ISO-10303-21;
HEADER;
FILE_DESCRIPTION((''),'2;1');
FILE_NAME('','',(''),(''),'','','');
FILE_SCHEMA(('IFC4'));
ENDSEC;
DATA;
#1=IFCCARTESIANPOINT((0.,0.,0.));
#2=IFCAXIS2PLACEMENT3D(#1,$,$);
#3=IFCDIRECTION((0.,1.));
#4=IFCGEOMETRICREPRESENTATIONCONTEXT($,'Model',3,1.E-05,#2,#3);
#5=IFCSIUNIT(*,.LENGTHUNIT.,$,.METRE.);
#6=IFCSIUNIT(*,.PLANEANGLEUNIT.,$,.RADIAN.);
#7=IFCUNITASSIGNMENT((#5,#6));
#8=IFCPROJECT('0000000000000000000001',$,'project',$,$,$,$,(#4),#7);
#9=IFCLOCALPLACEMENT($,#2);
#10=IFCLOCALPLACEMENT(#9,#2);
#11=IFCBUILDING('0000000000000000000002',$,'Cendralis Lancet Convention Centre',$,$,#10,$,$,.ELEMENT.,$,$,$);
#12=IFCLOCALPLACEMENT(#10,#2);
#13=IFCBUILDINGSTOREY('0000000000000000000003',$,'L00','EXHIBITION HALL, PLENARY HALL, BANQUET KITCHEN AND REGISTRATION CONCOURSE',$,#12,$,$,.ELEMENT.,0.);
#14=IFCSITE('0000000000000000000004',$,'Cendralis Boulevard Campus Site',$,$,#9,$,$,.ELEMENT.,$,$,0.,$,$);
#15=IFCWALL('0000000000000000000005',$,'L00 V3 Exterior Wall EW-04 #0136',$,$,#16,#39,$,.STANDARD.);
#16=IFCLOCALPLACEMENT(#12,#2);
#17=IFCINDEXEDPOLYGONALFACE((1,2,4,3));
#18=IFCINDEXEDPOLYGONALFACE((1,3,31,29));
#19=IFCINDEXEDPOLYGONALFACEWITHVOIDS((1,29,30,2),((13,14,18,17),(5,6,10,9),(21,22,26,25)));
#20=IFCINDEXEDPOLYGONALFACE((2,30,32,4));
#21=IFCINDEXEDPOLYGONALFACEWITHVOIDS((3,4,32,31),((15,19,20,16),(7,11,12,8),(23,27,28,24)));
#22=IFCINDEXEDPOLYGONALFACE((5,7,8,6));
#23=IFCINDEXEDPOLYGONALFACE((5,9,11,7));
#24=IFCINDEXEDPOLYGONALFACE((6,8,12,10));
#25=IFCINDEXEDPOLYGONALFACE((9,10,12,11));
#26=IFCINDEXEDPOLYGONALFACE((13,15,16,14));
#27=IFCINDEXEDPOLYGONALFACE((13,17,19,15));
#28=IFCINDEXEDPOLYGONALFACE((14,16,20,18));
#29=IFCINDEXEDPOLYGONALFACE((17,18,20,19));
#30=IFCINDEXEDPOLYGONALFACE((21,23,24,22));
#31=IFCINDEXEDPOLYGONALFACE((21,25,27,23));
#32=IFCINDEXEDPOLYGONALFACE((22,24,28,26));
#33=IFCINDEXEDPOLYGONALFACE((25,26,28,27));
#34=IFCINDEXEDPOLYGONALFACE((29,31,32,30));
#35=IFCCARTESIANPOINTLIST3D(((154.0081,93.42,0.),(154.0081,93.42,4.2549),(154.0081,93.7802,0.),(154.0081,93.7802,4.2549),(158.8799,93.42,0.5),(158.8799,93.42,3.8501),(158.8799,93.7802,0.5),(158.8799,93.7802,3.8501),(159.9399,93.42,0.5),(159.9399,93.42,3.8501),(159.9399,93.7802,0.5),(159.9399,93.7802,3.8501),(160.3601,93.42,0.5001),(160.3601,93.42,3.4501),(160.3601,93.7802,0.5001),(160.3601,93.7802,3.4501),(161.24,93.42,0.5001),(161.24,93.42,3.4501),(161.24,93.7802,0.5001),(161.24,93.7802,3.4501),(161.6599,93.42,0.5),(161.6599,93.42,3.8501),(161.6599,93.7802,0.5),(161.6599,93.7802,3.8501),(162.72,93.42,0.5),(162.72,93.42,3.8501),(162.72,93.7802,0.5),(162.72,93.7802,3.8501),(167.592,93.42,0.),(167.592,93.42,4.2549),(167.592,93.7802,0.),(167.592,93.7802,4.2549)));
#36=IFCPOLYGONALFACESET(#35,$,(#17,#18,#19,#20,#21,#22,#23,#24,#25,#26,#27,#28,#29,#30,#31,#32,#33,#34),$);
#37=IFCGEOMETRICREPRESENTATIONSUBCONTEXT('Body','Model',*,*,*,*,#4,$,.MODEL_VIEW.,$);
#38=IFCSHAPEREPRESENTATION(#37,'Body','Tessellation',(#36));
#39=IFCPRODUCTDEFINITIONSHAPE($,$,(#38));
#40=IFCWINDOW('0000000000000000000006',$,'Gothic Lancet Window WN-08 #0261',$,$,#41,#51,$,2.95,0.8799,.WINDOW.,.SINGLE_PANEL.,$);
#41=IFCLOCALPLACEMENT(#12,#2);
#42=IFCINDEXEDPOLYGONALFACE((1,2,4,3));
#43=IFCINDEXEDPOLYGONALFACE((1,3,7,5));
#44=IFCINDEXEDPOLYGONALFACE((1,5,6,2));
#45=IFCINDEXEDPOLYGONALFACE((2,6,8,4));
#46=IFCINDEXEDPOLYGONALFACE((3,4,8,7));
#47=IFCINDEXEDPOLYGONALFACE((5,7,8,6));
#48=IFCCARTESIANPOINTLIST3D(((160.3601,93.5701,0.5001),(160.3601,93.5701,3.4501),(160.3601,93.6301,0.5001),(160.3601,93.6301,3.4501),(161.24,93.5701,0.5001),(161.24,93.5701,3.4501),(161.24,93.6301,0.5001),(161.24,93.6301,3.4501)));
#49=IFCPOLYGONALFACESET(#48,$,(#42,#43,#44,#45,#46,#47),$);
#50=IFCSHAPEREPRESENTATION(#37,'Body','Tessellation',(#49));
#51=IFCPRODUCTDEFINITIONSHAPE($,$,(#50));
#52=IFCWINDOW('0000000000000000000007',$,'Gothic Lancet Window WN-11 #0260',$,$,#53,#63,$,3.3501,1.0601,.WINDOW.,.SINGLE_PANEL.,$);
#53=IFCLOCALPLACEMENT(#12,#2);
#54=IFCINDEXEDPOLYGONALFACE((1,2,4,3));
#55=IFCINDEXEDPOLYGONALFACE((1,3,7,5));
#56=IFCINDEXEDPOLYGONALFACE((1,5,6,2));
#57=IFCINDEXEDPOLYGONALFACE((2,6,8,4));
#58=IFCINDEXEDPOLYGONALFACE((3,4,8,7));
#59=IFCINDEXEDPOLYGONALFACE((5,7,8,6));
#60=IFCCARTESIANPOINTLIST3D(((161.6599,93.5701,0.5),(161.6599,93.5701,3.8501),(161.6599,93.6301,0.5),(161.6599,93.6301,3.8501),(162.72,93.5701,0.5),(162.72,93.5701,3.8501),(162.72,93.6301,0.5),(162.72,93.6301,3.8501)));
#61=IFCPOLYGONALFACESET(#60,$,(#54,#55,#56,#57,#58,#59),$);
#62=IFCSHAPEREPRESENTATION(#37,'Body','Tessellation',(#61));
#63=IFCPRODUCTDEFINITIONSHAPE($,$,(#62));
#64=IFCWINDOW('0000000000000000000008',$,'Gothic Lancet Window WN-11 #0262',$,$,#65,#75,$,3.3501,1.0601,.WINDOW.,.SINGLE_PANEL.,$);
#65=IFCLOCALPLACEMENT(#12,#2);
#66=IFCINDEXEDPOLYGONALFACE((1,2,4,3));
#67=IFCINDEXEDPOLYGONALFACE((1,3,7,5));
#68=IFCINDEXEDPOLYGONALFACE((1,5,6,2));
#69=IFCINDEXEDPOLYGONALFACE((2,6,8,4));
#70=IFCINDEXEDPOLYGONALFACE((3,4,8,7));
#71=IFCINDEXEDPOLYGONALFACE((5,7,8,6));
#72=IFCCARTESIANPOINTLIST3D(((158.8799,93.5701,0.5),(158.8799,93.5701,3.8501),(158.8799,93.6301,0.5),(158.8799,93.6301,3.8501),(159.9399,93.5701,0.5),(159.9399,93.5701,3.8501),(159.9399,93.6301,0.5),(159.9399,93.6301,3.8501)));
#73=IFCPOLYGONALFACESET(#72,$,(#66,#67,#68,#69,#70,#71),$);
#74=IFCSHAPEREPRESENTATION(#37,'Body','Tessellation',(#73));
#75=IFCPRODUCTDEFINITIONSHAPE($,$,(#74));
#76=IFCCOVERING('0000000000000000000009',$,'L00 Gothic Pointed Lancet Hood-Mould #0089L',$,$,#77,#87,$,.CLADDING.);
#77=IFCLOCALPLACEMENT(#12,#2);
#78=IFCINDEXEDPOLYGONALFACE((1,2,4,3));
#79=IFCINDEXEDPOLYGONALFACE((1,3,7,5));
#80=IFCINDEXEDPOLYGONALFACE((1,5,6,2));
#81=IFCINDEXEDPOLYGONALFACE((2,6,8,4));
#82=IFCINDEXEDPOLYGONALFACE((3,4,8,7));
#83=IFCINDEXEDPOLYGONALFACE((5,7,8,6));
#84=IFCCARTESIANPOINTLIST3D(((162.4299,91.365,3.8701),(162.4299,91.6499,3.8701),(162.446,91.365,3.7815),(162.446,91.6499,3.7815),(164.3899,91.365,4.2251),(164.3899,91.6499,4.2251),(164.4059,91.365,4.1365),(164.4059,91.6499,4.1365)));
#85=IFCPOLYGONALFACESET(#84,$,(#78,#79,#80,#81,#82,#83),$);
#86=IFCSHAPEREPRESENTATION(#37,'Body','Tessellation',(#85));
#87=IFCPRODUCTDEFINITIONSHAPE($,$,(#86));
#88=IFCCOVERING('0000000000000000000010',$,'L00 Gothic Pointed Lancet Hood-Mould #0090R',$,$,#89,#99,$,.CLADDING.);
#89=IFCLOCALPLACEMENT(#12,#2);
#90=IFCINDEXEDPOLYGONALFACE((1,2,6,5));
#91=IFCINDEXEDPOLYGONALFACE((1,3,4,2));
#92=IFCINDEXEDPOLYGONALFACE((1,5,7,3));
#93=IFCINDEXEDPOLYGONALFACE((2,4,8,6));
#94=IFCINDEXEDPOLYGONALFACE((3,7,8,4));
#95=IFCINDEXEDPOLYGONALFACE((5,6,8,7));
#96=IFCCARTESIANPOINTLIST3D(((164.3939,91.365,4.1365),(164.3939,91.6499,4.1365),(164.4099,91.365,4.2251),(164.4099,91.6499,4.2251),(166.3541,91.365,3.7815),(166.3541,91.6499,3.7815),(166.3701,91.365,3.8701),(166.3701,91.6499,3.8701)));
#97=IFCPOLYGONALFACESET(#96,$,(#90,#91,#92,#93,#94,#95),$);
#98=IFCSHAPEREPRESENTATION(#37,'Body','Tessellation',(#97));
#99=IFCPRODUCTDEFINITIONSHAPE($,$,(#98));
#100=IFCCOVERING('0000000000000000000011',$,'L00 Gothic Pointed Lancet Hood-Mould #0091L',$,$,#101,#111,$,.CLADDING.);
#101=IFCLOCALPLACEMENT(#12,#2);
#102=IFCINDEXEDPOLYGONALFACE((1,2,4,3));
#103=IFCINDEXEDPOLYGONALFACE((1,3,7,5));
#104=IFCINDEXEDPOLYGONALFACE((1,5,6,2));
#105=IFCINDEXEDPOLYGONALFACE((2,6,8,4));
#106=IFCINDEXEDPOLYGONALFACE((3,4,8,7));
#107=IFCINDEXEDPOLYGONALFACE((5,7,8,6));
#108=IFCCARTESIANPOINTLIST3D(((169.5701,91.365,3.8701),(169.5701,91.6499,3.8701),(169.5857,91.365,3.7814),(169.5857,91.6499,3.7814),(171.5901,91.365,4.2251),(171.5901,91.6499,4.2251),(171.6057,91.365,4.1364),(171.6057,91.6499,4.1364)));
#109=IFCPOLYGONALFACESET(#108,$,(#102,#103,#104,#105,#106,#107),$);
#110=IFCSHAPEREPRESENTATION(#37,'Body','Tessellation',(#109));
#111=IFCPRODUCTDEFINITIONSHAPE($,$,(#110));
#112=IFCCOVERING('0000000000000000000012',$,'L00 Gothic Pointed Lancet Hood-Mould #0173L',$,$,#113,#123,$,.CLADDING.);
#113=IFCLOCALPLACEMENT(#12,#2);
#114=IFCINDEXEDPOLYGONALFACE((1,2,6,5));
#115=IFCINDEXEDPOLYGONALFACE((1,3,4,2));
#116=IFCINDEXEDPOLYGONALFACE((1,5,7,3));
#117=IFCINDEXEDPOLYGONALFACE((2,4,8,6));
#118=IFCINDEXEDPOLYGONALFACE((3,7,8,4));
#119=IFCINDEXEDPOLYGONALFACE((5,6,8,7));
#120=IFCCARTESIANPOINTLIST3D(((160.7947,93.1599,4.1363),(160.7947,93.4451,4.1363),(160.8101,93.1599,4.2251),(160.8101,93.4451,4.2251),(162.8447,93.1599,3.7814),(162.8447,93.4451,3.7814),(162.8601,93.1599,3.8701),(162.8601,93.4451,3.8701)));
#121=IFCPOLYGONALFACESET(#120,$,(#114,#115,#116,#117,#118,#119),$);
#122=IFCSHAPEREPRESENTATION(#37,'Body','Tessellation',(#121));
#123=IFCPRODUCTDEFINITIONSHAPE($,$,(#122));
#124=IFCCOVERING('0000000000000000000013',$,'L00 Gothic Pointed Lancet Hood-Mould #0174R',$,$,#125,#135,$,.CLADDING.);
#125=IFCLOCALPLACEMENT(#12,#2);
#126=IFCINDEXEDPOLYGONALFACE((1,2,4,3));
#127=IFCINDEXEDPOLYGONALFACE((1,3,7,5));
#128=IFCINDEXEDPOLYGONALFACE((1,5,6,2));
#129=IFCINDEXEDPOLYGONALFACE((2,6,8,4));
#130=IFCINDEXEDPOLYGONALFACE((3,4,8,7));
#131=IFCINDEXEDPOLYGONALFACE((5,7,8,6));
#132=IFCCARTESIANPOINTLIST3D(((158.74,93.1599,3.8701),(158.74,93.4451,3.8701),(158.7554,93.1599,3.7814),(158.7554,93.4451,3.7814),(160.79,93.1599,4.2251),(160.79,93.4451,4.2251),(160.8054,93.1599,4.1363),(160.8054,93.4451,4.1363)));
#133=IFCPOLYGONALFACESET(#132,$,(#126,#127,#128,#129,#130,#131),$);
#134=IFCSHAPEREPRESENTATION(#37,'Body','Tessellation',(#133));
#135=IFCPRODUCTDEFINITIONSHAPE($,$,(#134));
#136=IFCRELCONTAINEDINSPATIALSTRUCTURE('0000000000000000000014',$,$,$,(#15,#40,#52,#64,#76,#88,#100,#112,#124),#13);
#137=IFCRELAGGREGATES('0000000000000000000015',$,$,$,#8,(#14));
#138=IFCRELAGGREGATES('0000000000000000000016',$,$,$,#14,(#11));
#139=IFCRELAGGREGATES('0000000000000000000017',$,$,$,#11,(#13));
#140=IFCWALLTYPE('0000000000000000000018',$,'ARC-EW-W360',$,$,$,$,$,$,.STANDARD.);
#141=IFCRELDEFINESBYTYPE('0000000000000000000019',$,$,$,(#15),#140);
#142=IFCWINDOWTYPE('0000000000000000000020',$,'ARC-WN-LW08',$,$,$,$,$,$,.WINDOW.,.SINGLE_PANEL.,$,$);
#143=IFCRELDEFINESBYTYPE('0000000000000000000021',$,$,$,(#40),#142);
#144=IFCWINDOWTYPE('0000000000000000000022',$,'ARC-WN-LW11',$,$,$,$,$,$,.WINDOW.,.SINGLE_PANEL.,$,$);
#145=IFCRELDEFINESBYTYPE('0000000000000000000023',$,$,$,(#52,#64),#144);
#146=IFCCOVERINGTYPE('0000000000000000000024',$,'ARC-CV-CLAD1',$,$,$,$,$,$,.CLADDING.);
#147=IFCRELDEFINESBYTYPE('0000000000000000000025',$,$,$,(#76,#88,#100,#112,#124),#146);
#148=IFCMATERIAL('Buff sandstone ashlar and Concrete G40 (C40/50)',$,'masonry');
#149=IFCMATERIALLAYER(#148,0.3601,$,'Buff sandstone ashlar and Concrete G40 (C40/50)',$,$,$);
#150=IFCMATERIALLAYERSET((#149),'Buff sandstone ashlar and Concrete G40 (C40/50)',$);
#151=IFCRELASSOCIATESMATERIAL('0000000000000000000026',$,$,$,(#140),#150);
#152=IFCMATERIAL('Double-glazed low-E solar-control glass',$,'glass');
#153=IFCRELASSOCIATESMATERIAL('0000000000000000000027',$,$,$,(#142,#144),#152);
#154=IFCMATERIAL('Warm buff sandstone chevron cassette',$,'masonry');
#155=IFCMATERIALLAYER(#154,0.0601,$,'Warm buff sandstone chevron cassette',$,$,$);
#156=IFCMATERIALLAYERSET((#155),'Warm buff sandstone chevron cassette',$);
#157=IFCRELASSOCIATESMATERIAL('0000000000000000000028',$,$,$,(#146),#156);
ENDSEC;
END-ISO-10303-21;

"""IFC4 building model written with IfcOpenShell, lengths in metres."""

from ifc_helpers import new_model, si_unit, direction, frame, frame_2d, origin, place, context, subcontext, project, spatial, polyline, rectangle, outline, extrude, material, layer, layer_set, type_object, element, fill, save


model = new_model("IFC4")

# Units and contexts
model_context = context("Model", 3, precision=1e-05, world=origin(), true_north=direction((0.0, 1.0)))
body_context = subcontext(model_context, "Body", "Model", "MODEL_VIEW")
ifc_project = project(units=[si_unit("LENGTHUNIT", "METRE"), si_unit("PLANEANGLEUNIT", "RADIAN")], contexts=[model_context])

# Site, building, storey
site_placement = place(None, origin())
site = spatial("IfcSite", under=ifc_project, at=site_placement, Name="Cendralis Boulevard Campus Site", CompositionType="ELEMENT", RefElevation=0.0)
building_placement = place(site_placement, origin())
building = spatial("IfcBuilding", under=site, at=building_placement, Name="Cendralis Lancet Convention Centre", CompositionType="ELEMENT")
storey_placement = place(building_placement, origin())
storey = spatial("IfcBuildingStorey", under=building, at=storey_placement, Name="L00", Description="EXHIBITION HALL, PLENARY HALL, BANQUET KITCHEN AND REGISTRATION CONCOURSE", CompositionType="ELEMENT", Elevation=0.0)

# Wall, openings, windows
ifc_material_1 = material(Name="Buff sandstone ashlar and Concrete G40 (C40/50)", Category="masonry")
ifc_layer_1 = layer(ifc_material_1, 0.3601, Name="Buff sandstone ashlar and Concrete G40 (C40/50)")
ifc_layer_set_1 = layer_set([ifc_layer_1], Name="Buff sandstone ashlar and Concrete G40 (C40/50)")
wall_type = type_object("IfcWallType", Name="ARC-EW-W360", PredefinedType="STANDARD", material=ifc_layer_set_1)
wall_placement = place(storey_placement, frame((167.592, 93.6001, 0.0), z_axis=(0.0, 0.0, 1.0), x_axis=(-1.0, 0.0, 0.0)))
wall = element("IfcWall", 1, at=wall_placement, inside=storey, type_object=wall_type, Name="L00 V3 Exterior Wall EW-04 #0136", PredefinedType="STANDARD", context=body_context, shape_type="SweptSolid", body=[
    extrude(rectangle(XDim=13.584, YDim=0.3601, at=frame_2d((6.792, 0.0))), origin(), (0.0, 0.0, 1.0), 4.2549),
])
opening_1_placement = place(wall_placement, frame((4.8721, 0.0, 0.5)))
opening_1 = element("IfcOpeningElement", 2, at=opening_1_placement, cuts=wall, PredefinedType="OPENING", context=body_context, shape_type="SweptSolid", body=[
    extrude(rectangle(XDim=1.0601, YDim=3.3501, at=frame_2d((0.53, 1.675))), frame((0.0, 0.1899, 0.0), z_axis=(0.0, -1.0, 0.0), x_axis=(1.0, 0.0, 0.0)), (0.0, 0.0, 1.0), 0.3801),
])
opening_2_placement = place(wall_placement, frame((6.3521, 0.0, 0.5)))
opening_2 = element("IfcOpeningElement", 3, at=opening_2_placement, cuts=wall, PredefinedType="OPENING", context=body_context, shape_type="SweptSolid", body=[
    extrude(rectangle(XDim=0.8799, YDim=2.95, at=frame_2d((0.4399, 1.4751))), frame((0.0, 0.1899, 0.0), z_axis=(0.0, -1.0, 0.0), x_axis=(1.0, 0.0, 0.0)), (0.0, 0.0, 1.0), 0.3801),
])
opening_3_placement = place(wall_placement, frame((7.6521, 0.0, 0.5)))
opening_3 = element("IfcOpeningElement", 4, at=opening_3_placement, cuts=wall, PredefinedType="OPENING", context=body_context, shape_type="SweptSolid", body=[
    extrude(rectangle(XDim=1.0601, YDim=3.3501, at=frame_2d((0.53, 1.675))), frame((0.0, 0.1899, 0.0), z_axis=(0.0, -1.0, 0.0), x_axis=(1.0, 0.0, 0.0)), (0.0, 0.0, 1.0), 0.3801),
])
ifc_material_2 = material(Name="Double-glazed low-E solar-control glass", Category="glass")
window_type_1 = type_object("IfcWindowType", Name="ARC-WN-LW08", PartitioningType="SINGLE_PANEL", PredefinedType="WINDOW", material=ifc_material_2)
window_1_placement = place(opening_2_placement, origin())
window_1 = element("IfcWindow", 5, at=window_1_placement, inside=storey, type_object=window_type_1, Name="Gothic Lancet Window WN-08 #0261", OverallHeight=2.95, OverallWidth=0.8799, PartitioningType="SINGLE_PANEL", PredefinedType="WINDOW", context=body_context, shape_type="SweptSolid", body=[
    extrude(rectangle(XDim=0.8799, YDim=2.95, at=frame_2d((0.4399, 1.4751))), frame((0.0, 0.03, 0.0), z_axis=(0.0, -1.0, 0.0), x_axis=(1.0, 0.0, 0.0)), (0.0, 0.0, 1.0), 0.0601),
])
fill(opening_2, window_1)
window_type_2 = type_object("IfcWindowType", Name="ARC-WN-LW11", PartitioningType="SINGLE_PANEL", PredefinedType="WINDOW", material=ifc_material_2)
window_2_placement = place(opening_1_placement, origin())
window_2 = element("IfcWindow", 6, at=window_2_placement, inside=storey, type_object=window_type_2, Name="Gothic Lancet Window WN-11 #0260", OverallHeight=3.3501, OverallWidth=1.0601, PartitioningType="SINGLE_PANEL", PredefinedType="WINDOW", context=body_context, shape_type="SweptSolid", body=[
    extrude(rectangle(XDim=1.0601, YDim=3.3501, at=frame_2d((0.53, 1.675))), frame((0.0, 0.03, 0.0), z_axis=(0.0, -1.0, 0.0), x_axis=(1.0, 0.0, 0.0)), (0.0, 0.0, 1.0), 0.0601),
])
fill(opening_1, window_2)
window_3_placement = place(opening_3_placement, origin())
window_3 = element("IfcWindow", 7, at=window_3_placement, inside=storey, type_object=window_type_2, Name="Gothic Lancet Window WN-11 #0262", OverallHeight=3.3501, OverallWidth=1.0601, PartitioningType="SINGLE_PANEL", PredefinedType="WINDOW", context=body_context, shape_type="SweptSolid", body=[
    extrude(rectangle(XDim=1.0601, YDim=3.3501, at=frame_2d((0.53, 1.675))), frame((0.0, 0.03, 0.0), z_axis=(0.0, -1.0, 0.0), x_axis=(1.0, 0.0, 0.0)), (0.0, 0.0, 1.0), 0.0601),
])
fill(opening_3, window_3)

# Coverings
ifc_material_3 = material(Name="Warm buff sandstone chevron cassette", Category="masonry")
ifc_layer_2 = layer(ifc_material_3, 0.0601, Name="Warm buff sandstone chevron cassette")
ifc_layer_set_2 = layer_set([ifc_layer_2], Name="Warm buff sandstone chevron cassette")
covering_type = type_object("IfcCoveringType", Name="ARC-CV-CLAD1", PredefinedType="CLADDING", material=ifc_layer_set_2)
covering_1_placement = place(storey_placement, frame((162.4299, 91.6499, 3.8701), z_axis=(-0.178217, 0.0, 0.983991), x_axis=(0.0, -1.0, 0.0)))
element("IfcCovering", 8, at=covering_1_placement, inside=storey, type_object=covering_type, Name="L00 Gothic Pointed Lancet Hood-Mould #0089L", PredefinedType="CLADDING", context=body_context, shape_type="SweptSolid", body=[
    extrude(outline(polyline([(0.0, 0.0), (0.2849, 0.0), (0.2849, 1.9918), (0.0, 1.9918), (0.0, 0.0)])), origin(), (0.0, 0.0, -1.0), 0.0901),
])
covering_2_placement = place(storey_placement, frame((164.4099, 91.6499, 4.2251), z_axis=(0.178195, 0.0, 0.983995), x_axis=(0.0, -1.0, 0.0)))
element("IfcCovering", 9, at=covering_2_placement, inside=storey, type_object=covering_type, Name="L00 Gothic Pointed Lancet Hood-Mould #0090R", PredefinedType="CLADDING", context=body_context, shape_type="SweptSolid", body=[
    extrude(outline(polyline([(0.0, 0.0), (0.2849, 0.0), (0.2849, 1.9921), (0.0, 1.9921), (0.0, 0.0)])), origin(), (0.0, 0.0, -1.0), 0.0901),
])
covering_3_placement = place(storey_placement, frame((169.5701, 91.6499, 3.8701), z_axis=(-0.173079, 0.0, 0.984908), x_axis=(0.0, -1.0, 0.0)))
element("IfcCovering", 10, at=covering_3_placement, inside=storey, type_object=covering_type, Name="L00 Gothic Pointed Lancet Hood-Mould #0091L", PredefinedType="CLADDING", context=body_context, shape_type="SweptSolid", body=[
    extrude(outline(polyline([(0.0, 0.0), (0.2849, 0.0), (0.2849, 2.051), (0.0, 2.051), (0.0, 0.0)])), origin(), (0.0, 0.0, -1.0), 0.0901),
])
for number, where, z_axis, x_axis, name in (
    (11, (162.8601, 93.1599, 3.8701), (0.170618, 0.0, 0.985337), (0.0, 1.0, 0.0), "L00 Gothic Pointed Lancet Hood-Mould #0173L"),
    (12, (160.79, 93.1599, 4.2251), (-0.170618, 0.0, 0.985337), (0.0, 1.0, 0.0), "L00 Gothic Pointed Lancet Hood-Mould #0174R"),
):
    element("IfcCovering", number, at=place(storey_placement, frame(where, z_axis=z_axis, x_axis=x_axis)), inside=storey, type_object=covering_type, Name=name, PredefinedType="CLADDING", context=body_context, shape_type="SweptSolid", body=[
        extrude(outline(polyline([(0.0, 0.0), (0.2852, 0.0), (0.2852, 2.0806), (0.0, 2.0806), (0.0, 0.0)])), origin(), (0.0, 0.0, -1.0), 0.0901),
    ])

save(model, "model.ifc")
